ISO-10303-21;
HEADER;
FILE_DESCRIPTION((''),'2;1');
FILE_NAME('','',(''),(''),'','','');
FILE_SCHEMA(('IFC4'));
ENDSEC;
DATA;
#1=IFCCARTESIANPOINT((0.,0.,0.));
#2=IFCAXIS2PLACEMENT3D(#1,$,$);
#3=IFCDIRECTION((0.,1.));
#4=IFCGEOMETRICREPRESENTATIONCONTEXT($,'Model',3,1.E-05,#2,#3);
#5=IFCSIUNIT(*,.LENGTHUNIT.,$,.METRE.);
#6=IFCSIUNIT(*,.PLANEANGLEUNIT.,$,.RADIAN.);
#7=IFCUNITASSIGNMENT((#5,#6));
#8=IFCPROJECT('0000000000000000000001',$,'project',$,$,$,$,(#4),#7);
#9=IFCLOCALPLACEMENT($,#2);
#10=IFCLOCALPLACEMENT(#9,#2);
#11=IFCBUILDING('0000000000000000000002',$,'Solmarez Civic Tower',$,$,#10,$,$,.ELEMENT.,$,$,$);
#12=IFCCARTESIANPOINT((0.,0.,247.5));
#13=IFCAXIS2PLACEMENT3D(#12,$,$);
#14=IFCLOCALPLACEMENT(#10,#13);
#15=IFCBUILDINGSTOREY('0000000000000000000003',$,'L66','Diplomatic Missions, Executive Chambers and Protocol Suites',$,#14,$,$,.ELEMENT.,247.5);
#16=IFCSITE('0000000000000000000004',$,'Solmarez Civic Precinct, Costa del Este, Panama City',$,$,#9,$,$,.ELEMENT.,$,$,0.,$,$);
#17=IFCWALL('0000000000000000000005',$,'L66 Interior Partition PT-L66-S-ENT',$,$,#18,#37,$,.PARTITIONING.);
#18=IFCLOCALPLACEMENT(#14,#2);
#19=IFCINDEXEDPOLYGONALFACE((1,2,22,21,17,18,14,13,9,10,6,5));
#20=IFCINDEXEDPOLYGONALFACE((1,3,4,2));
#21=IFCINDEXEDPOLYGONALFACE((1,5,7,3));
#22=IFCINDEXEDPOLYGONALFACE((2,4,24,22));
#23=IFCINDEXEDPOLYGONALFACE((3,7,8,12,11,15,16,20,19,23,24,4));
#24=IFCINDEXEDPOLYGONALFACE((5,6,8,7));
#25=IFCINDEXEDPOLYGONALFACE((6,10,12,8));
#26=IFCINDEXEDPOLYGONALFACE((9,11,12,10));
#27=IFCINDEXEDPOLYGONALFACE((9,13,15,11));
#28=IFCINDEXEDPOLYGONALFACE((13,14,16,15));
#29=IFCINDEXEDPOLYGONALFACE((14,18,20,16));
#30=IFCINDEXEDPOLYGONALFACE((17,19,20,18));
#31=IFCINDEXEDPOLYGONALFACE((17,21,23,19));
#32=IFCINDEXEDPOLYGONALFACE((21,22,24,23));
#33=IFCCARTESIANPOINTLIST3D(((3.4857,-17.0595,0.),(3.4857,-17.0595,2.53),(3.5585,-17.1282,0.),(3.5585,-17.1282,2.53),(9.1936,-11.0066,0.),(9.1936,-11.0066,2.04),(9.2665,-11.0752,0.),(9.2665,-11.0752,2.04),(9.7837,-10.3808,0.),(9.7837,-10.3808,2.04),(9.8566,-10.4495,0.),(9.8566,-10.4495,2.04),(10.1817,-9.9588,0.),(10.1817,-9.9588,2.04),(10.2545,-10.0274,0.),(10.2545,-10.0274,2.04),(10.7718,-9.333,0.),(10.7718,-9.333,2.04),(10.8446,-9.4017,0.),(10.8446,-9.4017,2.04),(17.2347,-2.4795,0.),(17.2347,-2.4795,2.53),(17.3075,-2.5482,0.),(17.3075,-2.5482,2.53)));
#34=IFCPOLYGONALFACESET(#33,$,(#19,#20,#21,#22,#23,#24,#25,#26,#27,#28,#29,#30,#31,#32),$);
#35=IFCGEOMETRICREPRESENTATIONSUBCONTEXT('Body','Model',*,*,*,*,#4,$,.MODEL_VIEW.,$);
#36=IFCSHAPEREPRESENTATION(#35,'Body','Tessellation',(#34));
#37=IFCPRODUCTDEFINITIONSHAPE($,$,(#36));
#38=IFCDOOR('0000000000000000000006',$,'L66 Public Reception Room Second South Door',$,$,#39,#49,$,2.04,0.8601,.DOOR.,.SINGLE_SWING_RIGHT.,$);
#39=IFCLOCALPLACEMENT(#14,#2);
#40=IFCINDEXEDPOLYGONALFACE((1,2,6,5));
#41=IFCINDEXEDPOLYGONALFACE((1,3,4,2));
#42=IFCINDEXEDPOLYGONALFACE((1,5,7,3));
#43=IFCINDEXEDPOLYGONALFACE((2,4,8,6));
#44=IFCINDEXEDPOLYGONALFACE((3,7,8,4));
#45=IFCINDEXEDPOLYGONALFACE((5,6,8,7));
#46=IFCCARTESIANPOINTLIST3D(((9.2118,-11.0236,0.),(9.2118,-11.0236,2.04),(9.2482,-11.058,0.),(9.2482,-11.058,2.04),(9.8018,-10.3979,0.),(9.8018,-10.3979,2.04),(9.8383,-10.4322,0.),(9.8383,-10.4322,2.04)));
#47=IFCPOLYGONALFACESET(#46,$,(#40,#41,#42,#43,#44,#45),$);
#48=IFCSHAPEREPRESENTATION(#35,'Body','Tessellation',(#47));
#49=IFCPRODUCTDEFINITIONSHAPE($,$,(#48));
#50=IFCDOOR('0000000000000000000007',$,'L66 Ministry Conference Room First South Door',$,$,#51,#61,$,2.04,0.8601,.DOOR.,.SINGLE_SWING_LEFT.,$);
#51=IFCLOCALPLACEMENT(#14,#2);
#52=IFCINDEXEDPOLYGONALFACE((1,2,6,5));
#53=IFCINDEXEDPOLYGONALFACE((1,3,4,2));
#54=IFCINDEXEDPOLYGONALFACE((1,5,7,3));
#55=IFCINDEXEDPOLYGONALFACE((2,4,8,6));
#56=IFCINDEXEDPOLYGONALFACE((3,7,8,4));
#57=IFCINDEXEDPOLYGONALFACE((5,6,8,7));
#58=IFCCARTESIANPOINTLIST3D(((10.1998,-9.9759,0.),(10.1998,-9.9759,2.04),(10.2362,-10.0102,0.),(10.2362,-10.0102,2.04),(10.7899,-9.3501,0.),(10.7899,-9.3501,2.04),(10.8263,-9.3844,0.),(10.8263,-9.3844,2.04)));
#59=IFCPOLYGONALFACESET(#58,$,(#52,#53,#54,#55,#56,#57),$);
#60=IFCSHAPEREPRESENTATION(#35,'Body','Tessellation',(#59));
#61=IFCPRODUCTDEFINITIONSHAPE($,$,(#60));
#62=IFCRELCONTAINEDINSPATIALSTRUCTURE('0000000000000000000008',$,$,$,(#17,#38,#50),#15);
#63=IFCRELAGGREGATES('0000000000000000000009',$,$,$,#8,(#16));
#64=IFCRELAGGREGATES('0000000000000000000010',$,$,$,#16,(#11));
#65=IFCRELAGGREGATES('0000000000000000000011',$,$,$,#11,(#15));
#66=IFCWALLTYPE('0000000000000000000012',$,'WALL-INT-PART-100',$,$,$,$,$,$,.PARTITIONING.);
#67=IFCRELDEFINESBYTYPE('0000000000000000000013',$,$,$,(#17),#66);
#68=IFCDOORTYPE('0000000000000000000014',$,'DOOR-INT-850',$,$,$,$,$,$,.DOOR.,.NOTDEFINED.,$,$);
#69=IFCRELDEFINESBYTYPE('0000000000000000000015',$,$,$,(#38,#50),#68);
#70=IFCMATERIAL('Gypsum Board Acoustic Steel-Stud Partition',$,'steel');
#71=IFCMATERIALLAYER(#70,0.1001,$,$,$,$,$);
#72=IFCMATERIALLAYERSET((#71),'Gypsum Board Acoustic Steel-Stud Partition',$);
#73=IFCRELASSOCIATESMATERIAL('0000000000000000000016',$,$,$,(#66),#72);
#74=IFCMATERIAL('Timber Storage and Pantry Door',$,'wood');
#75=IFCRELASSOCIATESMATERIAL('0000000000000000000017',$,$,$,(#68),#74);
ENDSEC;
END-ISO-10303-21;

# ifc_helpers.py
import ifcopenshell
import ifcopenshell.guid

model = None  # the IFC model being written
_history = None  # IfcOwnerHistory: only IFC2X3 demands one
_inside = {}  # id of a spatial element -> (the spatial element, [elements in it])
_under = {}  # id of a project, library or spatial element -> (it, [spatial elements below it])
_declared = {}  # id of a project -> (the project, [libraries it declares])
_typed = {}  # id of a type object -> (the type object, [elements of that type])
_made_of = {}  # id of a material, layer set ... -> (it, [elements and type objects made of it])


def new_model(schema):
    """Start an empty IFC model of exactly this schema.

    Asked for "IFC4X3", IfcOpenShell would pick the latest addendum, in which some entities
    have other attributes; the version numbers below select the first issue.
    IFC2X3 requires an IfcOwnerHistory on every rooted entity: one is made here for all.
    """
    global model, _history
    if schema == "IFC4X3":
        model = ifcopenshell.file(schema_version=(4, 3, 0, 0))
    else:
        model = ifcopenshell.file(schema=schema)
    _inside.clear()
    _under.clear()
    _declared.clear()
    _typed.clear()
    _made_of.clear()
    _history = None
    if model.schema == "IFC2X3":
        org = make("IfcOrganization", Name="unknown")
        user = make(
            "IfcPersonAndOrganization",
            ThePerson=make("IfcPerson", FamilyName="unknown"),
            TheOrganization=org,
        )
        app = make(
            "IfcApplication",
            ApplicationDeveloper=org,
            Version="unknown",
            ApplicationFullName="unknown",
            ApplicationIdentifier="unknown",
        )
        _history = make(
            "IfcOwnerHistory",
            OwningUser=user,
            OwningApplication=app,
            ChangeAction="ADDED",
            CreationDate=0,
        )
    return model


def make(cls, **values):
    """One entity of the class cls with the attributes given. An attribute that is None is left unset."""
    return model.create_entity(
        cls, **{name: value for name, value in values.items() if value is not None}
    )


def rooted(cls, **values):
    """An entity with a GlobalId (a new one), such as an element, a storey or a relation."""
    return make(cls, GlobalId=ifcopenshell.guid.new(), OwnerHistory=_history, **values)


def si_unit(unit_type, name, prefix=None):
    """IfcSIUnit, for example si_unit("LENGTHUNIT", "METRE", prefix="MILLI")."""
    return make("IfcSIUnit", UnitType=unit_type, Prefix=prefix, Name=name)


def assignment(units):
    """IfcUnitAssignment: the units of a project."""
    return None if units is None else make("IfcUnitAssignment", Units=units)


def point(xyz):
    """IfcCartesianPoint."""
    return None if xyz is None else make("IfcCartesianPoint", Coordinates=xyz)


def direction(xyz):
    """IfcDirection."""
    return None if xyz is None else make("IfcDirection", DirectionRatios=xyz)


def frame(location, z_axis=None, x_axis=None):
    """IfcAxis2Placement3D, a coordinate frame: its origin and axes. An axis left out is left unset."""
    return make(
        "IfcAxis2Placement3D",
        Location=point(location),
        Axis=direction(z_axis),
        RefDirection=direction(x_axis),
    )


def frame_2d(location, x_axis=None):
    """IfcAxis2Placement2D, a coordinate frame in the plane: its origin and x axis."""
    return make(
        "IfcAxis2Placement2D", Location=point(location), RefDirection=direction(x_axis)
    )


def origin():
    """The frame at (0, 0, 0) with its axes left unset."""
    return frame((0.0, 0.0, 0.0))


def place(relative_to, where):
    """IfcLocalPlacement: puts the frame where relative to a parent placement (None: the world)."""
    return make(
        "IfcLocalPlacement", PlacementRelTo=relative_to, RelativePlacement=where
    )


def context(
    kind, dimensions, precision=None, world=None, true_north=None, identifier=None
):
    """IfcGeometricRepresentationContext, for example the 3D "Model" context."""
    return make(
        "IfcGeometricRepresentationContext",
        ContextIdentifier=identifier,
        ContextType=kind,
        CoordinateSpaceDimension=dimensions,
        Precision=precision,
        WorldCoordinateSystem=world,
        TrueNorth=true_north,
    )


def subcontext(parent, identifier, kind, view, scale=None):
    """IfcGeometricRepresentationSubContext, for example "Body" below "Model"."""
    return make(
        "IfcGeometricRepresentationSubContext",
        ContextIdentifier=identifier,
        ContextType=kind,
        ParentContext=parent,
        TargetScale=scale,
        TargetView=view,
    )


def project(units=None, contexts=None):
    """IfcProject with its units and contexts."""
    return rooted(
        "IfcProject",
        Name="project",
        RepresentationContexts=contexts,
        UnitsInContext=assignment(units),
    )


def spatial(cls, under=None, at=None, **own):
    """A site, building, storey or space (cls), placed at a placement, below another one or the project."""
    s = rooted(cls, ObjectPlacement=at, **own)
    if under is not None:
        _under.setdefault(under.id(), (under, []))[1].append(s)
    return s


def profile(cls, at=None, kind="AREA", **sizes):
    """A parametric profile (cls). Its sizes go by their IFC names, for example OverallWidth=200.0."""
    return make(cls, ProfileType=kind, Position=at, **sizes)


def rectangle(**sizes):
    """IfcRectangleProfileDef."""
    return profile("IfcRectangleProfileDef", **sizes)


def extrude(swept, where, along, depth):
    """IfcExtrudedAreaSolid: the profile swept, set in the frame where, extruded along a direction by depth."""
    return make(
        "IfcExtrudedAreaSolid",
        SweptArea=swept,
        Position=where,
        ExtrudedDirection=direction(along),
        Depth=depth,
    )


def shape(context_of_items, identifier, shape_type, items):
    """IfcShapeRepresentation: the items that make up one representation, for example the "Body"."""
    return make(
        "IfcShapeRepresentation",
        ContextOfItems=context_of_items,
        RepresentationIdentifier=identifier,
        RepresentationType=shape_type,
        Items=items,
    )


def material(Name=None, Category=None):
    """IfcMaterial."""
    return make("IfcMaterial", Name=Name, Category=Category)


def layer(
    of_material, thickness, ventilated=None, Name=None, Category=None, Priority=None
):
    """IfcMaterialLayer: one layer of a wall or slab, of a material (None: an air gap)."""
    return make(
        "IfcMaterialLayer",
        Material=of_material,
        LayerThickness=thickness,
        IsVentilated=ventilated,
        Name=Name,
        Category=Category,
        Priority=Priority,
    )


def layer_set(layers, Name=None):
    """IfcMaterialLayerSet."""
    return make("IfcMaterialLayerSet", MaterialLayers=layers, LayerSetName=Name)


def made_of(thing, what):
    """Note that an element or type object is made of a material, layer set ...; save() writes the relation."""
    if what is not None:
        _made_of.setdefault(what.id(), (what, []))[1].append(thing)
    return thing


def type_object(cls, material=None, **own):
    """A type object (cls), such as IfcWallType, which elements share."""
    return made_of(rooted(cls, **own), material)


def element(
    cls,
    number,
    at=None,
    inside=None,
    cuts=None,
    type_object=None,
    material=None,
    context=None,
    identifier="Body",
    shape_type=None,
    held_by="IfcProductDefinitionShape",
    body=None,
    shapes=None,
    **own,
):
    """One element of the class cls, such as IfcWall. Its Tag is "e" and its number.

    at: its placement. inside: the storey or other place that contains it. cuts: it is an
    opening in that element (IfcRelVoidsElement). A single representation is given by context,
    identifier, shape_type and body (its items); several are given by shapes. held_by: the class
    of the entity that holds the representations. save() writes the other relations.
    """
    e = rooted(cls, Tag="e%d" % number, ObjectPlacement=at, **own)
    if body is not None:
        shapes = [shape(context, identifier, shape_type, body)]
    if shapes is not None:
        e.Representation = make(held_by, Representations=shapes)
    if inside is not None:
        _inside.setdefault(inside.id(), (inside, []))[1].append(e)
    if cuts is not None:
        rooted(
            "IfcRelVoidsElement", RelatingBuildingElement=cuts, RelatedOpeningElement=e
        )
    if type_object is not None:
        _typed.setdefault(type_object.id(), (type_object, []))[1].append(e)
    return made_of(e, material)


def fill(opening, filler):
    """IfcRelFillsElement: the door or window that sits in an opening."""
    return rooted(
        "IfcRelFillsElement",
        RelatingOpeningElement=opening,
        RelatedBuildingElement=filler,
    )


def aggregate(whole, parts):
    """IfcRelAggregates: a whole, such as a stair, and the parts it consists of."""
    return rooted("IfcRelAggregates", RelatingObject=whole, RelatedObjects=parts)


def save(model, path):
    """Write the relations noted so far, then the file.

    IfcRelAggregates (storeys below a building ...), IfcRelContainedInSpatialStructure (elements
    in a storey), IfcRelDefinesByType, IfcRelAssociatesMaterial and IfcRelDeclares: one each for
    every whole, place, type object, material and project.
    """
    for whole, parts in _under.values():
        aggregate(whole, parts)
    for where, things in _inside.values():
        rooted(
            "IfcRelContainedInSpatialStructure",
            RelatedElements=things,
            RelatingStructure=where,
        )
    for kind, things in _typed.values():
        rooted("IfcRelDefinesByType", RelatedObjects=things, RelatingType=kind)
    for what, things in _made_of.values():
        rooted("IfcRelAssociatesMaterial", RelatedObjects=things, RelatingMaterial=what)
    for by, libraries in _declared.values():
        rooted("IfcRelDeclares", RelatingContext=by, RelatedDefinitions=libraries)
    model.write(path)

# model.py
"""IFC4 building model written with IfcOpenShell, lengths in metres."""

from ifc_helpers import new_model, si_unit, direction, frame, frame_2d, origin, place, context, subcontext, project, spatial, rectangle, extrude, material, layer, layer_set, type_object, element, fill, save


model = new_model("IFC4")

# Units and contexts
model_context = context("Model", 3, precision=1e-05, world=origin(), true_north=direction((0.0, 1.0)))
body_context = subcontext(model_context, "Body", "Model", "MODEL_VIEW")
ifc_project = project(units=[si_unit("LENGTHUNIT", "METRE"), si_unit("PLANEANGLEUNIT", "RADIAN")], contexts=[model_context])

# Site, building, storey
site_placement = place(None, origin())
site = spatial("IfcSite", under=ifc_project, at=site_placement, Name="Solmarez Civic Precinct, Costa del Este, Panama City", CompositionType="ELEMENT", RefElevation=0.0)
building_placement = place(site_placement, origin())
building = spatial("IfcBuilding", under=site, at=building_placement, Name="Solmarez Civic Tower", CompositionType="ELEMENT")
storey_placement = place(building_placement, frame((0.0, 0.0, 247.5)))
storey = spatial("IfcBuildingStorey", under=building, at=storey_placement, Name="L66", Description="Diplomatic Missions, Executive Chambers and Protocol Suites", CompositionType="ELEMENT", Elevation=247.5)

# Shared definitions
ifc_material_1 = material(Name="Gypsum Board Acoustic Steel-Stud Partition", Category="steel")
ifc_layer_1 = layer(ifc_material_1, 0.1001)
ifc_layer_set_1 = layer_set([ifc_layer_1], Name="Gypsum Board Acoustic Steel-Stud Partition")
wall_type_1 = type_object("IfcWallType", Name="WALL-INT-PART-100", PredefinedType="PARTITIONING", material=ifc_layer_set_1)

# Wall, openings, doors
wall_1_placement = place(storey_placement, frame((17.271, -2.5139, 0.0), z_axis=(0.0, 0.0, 1.0), x_axis=(-0.686068, -0.727537, 0.0)))
wall_1 = element("IfcWall", 1, at=wall_1_placement, inside=storey, type_object=wall_type_1, Name="L66 Interior Partition PT-L66-S-ENT", PredefinedType="PARTITIONING", context=body_context, shape_type="SweptSolid", body=[
    extrude(rectangle(XDim=20.0403, YDim=0.1001, at=frame_2d((10.02, 0.0))), origin(), (0.0, 0.0, 1.0), 2.53),
])
opening_1_placement = place(wall_1_placement, frame((10.8601, 0.0, 0.0)))
opening_1 = element("IfcOpeningElement", 2, at=opening_1_placement, cuts=wall_1, PredefinedType="OPENING", context=body_context, shape_type="SweptSolid", body=[
    extrude(rectangle(XDim=0.8601, YDim=2.04, at=frame_2d((0.4302, 1.02))), frame((0.0, 0.0601, 0.0), z_axis=(0.0, -1.0, 0.0), x_axis=(1.0, 0.0, 0.0)), (0.0, 0.0, 1.0), 0.1201),
])
opening_2_placement = place(wall_1_placement, frame((9.4199, 0.0, 0.0)))
opening_2 = element("IfcOpeningElement", 3, at=opening_2_placement, cuts=wall_1, PredefinedType="OPENING", context=body_context, shape_type="SweptSolid", body=[
    extrude(rectangle(XDim=0.8601, YDim=2.04, at=frame_2d((0.4302, 1.02))), frame((0.0, 0.0601, 0.0), z_axis=(0.0, -1.0, 0.0), x_axis=(1.0, 0.0, 0.0)), (0.0, 0.0, 1.0), 0.1201),
])
ifc_material_2 = material(Name="Timber Storage and Pantry Door", Category="wood")
door_type = type_object("IfcDoorType", Name="DOOR-INT-850", OperationType="NOTDEFINED", PredefinedType="DOOR", material=ifc_material_2)
door_1_placement = place(opening_1_placement, origin())
door_1 = element("IfcDoor", 4, at=door_1_placement, inside=storey, type_object=door_type, Name="L66 Public Reception Room Second South Door", OperationType="SINGLE_SWING_RIGHT", OverallHeight=2.04, OverallWidth=0.8601, PredefinedType="DOOR", context=body_context, shape_type="SweptSolid", body=[
    extrude(rectangle(XDim=0.8601, YDim=2.04, at=frame_2d((0.4302, 1.02))), frame((0.0, 0.0249, 0.0), z_axis=(0.0, -1.0, 0.0), x_axis=(1.0, 0.0, 0.0)), (0.0, 0.0, 1.0), 0.05),
])
fill(opening_1, door_1)
door_2_placement = place(opening_2_placement, origin())
door_2 = element("IfcDoor", 5, at=door_2_placement, inside=storey, type_object=door_type, Name="L66 Ministry Conference Room First South Door", OperationType="SINGLE_SWING_LEFT", OverallHeight=2.04, OverallWidth=0.8601, PredefinedType="DOOR", context=body_context, shape_type="SweptSolid", body=[
    extrude(rectangle(XDim=0.8601, YDim=2.04, at=frame_2d((0.4302, 1.02))), frame((0.0, 0.0249, 0.0), z_axis=(0.0, -1.0, 0.0), x_axis=(1.0, 0.0, 0.0)), (0.0, 0.0, 1.0), 0.05),
])
fill(opening_2, door_2)

save(model, "model.ifc")
